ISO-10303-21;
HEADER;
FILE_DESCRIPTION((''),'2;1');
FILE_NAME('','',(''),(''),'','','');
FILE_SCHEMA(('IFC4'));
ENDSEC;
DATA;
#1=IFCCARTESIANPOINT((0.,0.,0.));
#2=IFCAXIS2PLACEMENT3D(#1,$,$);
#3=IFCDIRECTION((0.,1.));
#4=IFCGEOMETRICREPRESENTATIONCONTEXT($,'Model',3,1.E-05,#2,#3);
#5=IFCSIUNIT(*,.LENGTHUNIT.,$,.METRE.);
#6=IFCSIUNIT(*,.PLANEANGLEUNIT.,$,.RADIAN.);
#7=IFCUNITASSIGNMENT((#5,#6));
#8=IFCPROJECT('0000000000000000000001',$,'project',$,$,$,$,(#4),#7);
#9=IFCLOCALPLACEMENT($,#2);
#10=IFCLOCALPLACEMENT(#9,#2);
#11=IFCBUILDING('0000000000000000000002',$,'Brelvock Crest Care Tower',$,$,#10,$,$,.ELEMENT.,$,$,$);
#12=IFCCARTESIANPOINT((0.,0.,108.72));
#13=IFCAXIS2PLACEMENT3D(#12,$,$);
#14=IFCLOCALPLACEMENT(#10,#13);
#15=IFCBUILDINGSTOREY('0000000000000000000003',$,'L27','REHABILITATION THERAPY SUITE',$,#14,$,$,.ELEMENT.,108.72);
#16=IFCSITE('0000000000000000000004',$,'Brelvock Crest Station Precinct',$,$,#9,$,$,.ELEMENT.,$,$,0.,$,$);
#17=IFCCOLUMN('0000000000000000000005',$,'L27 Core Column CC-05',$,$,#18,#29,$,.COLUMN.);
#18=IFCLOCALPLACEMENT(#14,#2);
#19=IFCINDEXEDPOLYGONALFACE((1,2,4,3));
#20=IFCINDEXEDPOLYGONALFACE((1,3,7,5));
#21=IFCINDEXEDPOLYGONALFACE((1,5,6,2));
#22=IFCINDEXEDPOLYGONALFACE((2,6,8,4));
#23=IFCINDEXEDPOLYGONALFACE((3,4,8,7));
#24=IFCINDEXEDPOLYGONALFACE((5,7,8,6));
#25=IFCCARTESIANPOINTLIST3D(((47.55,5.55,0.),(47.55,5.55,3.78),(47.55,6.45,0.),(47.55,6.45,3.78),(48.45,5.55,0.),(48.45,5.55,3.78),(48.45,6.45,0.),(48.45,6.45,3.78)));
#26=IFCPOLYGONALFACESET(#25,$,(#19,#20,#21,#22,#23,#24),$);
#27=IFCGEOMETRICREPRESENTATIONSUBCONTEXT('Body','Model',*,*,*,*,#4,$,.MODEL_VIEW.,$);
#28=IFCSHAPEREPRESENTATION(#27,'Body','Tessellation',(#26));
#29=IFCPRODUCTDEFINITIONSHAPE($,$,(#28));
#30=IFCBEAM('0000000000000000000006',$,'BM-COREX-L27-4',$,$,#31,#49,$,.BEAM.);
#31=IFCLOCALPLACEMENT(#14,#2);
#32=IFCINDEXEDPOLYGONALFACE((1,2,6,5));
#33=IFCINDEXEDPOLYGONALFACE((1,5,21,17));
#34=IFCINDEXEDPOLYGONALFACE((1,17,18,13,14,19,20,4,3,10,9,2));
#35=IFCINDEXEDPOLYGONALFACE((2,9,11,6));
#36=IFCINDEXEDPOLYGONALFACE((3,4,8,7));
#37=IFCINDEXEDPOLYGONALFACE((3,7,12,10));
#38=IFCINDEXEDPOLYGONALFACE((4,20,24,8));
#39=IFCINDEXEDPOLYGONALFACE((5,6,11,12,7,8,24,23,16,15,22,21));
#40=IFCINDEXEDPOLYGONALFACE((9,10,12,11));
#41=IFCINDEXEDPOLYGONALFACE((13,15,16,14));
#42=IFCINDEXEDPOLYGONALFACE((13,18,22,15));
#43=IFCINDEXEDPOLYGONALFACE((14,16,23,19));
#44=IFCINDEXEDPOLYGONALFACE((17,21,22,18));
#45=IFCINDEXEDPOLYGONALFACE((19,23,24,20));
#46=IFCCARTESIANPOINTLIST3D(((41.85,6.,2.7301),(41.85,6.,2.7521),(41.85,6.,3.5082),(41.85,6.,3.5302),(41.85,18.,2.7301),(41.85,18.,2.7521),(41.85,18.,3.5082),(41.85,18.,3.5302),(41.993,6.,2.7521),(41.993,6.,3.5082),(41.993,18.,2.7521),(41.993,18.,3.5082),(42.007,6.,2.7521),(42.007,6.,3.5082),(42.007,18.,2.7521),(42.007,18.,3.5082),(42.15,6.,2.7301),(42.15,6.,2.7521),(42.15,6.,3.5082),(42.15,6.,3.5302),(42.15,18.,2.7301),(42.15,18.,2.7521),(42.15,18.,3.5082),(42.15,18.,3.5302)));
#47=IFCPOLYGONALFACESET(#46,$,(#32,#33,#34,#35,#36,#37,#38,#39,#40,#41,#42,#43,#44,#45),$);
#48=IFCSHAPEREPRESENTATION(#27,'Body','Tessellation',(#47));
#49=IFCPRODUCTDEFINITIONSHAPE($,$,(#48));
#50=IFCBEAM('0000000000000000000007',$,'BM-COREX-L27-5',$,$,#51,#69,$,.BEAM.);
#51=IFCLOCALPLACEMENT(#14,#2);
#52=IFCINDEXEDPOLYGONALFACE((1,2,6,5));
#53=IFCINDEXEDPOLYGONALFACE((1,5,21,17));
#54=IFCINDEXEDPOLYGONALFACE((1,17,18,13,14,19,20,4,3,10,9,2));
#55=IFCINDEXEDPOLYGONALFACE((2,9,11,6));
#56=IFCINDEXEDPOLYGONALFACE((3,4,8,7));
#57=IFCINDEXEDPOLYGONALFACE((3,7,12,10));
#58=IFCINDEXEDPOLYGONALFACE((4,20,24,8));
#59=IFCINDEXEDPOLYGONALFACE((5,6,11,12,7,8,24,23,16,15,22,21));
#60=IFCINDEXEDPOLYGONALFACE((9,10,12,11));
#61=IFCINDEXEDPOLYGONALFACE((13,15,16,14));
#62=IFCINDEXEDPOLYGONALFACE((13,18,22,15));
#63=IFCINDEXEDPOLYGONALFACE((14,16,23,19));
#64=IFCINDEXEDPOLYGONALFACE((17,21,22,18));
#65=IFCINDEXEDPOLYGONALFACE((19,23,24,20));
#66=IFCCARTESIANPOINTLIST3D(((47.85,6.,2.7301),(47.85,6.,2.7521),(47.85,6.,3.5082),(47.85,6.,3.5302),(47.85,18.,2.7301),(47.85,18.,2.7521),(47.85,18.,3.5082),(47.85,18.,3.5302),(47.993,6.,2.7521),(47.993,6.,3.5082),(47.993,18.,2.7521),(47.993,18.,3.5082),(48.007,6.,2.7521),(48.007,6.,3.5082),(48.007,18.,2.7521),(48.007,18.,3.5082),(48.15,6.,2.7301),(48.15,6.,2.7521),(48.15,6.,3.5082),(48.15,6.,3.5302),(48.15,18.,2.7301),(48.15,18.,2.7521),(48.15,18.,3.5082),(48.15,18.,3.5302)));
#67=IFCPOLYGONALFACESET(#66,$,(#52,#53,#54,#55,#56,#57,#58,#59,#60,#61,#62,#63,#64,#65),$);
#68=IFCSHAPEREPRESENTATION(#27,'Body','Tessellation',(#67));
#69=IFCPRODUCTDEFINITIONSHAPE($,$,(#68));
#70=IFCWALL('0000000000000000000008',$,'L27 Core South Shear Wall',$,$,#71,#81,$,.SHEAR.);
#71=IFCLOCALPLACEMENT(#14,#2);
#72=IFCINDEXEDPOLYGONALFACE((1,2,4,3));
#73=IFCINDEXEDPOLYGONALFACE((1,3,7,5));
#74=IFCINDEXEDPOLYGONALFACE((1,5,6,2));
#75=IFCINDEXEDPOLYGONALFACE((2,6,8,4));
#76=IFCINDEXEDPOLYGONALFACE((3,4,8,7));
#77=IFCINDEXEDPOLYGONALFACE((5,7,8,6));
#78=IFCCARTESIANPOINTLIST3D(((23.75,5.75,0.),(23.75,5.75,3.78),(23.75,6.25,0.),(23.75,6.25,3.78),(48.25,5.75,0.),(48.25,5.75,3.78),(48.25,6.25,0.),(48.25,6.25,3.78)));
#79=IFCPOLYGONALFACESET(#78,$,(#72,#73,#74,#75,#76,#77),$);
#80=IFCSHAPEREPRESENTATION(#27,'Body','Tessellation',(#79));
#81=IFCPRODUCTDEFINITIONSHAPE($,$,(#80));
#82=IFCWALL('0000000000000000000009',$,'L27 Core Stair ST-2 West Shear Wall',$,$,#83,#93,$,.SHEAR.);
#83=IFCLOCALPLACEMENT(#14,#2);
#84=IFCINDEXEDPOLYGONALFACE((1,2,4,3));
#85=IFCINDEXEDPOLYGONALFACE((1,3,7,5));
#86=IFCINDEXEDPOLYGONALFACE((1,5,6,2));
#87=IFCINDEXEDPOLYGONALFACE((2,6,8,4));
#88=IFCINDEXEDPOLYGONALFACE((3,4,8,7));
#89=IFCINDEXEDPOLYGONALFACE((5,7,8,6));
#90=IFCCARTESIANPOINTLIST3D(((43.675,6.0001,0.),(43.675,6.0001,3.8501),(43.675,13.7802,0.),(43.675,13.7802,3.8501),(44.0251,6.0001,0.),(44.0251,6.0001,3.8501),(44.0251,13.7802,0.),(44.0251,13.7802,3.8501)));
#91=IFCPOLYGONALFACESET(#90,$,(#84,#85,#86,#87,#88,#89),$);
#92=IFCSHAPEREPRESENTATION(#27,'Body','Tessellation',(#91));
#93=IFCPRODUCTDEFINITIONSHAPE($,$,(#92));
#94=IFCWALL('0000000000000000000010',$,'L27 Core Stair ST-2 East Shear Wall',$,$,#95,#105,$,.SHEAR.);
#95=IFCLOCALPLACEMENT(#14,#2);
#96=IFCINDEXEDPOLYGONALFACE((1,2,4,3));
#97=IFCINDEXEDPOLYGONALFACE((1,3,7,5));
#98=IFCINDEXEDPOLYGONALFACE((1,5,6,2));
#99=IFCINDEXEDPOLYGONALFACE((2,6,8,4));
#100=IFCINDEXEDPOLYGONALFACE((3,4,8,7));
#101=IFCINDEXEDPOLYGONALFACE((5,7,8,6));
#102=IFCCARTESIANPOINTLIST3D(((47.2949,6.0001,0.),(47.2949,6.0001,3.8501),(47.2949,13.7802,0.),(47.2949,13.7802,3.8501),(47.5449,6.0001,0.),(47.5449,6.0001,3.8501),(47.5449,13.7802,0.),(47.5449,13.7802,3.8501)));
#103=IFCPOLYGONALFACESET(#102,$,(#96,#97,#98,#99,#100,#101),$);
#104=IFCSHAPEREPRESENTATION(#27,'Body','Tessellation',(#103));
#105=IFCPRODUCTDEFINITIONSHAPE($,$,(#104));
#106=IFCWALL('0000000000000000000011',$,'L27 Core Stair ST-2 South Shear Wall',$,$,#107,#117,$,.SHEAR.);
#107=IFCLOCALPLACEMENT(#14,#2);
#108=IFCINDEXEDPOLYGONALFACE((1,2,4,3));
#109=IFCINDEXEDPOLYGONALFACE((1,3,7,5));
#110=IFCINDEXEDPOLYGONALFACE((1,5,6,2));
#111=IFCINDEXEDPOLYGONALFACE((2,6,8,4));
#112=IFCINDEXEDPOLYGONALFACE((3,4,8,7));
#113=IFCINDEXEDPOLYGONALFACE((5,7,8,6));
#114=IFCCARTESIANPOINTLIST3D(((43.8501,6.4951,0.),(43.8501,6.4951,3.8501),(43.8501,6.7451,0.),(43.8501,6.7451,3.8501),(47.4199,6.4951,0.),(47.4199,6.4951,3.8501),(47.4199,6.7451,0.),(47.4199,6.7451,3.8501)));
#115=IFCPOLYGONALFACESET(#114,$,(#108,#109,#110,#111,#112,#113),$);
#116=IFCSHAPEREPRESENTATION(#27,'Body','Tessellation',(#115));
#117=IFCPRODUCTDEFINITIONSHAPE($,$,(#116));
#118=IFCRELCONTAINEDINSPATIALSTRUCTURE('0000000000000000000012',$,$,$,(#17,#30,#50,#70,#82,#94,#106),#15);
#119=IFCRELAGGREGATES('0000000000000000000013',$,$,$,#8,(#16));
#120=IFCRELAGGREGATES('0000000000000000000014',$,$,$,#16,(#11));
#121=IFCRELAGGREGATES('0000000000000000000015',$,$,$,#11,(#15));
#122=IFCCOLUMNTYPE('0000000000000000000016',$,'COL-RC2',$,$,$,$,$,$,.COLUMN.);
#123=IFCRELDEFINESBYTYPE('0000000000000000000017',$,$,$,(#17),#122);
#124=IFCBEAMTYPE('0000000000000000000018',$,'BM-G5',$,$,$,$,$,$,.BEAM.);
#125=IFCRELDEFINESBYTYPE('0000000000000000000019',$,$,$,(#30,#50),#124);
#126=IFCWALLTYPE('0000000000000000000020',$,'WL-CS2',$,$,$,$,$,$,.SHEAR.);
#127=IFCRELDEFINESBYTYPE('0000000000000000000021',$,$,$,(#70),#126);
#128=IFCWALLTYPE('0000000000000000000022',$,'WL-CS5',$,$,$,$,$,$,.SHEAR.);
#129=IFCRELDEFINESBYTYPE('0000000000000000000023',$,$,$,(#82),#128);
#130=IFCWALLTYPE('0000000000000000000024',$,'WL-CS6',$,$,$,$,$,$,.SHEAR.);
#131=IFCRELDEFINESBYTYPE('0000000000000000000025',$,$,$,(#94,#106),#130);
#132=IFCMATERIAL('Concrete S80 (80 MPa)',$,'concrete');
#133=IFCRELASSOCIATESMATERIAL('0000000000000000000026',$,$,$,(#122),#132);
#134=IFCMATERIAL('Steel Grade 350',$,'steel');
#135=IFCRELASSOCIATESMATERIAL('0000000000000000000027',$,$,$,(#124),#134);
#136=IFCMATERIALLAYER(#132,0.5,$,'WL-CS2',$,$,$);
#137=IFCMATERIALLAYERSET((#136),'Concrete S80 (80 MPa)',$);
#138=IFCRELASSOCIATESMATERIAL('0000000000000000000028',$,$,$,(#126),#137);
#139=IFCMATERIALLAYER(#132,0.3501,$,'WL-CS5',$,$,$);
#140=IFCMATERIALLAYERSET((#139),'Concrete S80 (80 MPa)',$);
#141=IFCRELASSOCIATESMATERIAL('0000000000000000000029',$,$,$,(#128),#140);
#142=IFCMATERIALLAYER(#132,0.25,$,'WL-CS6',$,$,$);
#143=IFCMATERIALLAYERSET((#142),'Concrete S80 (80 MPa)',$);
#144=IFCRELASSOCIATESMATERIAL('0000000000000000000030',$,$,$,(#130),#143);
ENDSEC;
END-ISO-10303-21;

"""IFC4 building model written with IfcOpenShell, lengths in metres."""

from ifc_helpers import new_model, si_unit, direction, frame, frame_2d, origin, origin_2d, place, context, subcontext, project, spatial, rectangle, i_section, extrude, source, transform, mapped, material, layer, layer_set, material_profile, profile_set, type_object, element, save


model = new_model("IFC4")

# Units and contexts
model_context = context("Model", 3, precision=1e-05, world=origin(), true_north=direction((0.0, 1.0)))
body_context = subcontext(model_context, "Body", "Model", "MODEL_VIEW")
ifc_project = project(units=[si_unit("LENGTHUNIT", "METRE"), si_unit("PLANEANGLEUNIT", "RADIAN")], contexts=[model_context])

# Site, building, storey
site_placement = place(None, origin())
site = spatial("IfcSite", under=ifc_project, at=site_placement, Name="Brelvock Crest Station Precinct", CompositionType="ELEMENT", RefElevation=0.0)
building_placement = place(site_placement, origin())
building = spatial("IfcBuilding", under=site, at=building_placement, Name="Brelvock Crest Care Tower", CompositionType="ELEMENT")
storey_placement = place(building_placement, frame((0.0, 0.0, 108.72)))
storey = spatial("IfcBuildingStorey", under=building, at=storey_placement, Name="L27", Description="REHABILITATION THERAPY SUITE", CompositionType="ELEMENT", Elevation=108.72)

# Column
ifc_material_1 = material(Name="Concrete S80 (80 MPa)", Category="concrete")
ifc_material_profile_1 = material_profile(ifc_material_1, rectangle(XDim=0.8999, YDim=0.8999, at=origin_2d()), Name="RC900x900")
ifc_profile_set_1 = profile_set([ifc_material_profile_1], Name="Concrete S80 (80 MPa)")
column_type = type_object("IfcColumnType", Name="COL-RC2", PredefinedType="COLUMN", material=ifc_profile_set_1)
shared_shape_1 = source(origin(), body_context, "Body", "SweptSolid", [
    extrude(rectangle(XDim=0.8999, YDim=0.8999, at=origin_2d()), origin(), (0.0, 0.0, 1.0), 3.78),
])
column_placement = place(storey_placement, frame((48.0, 6.0, 0.0), z_axis=(0.0, 0.0, 1.0), x_axis=(1.0, 0.0, 0.0)))
element("IfcColumn", 1, at=column_placement, inside=storey, type_object=column_type, Name="L27 Core Column CC-05", PredefinedType="COLUMN", context=body_context, shape_type="MappedRepresentation", body=[
    mapped(shared_shape_1, transform((0.0, 0.0, 0.0), x_axis=(1.0, 0.0, 0.0), y_axis=(0.0, 1.0, 0.0), z_axis=(0.0, 0.0, 1.0), scale=1.0)),
])

# Beams
ifc_material_2 = material(Name="Steel Grade 350", Category="steel")
ifc_material_profile_2 = material_profile(ifc_material_2, i_section(OverallWidth=0.3, OverallDepth=0.8, WebThickness=0.0139, FlangeThickness=0.022, at=origin_2d()), Name="800WB192")
ifc_profile_set_2 = profile_set([ifc_material_profile_2], Name="Steel Grade 350")
beam_type = type_object("IfcBeamType", Name="BM-G5", PredefinedType="BEAM", material=ifc_profile_set_2)
shared_shape_2 = source(origin(), body_context, "Body", "SweptSolid", [
    extrude(i_section(OverallWidth=0.3, OverallDepth=0.8, WebThickness=0.0139, FlangeThickness=0.022, at=origin_2d()), origin(), (0.0, 0.0, 1.0), 12.0),
])
for number, where, z_axis, x_axis, name in (
    (2, (42.0, 6.0, 3.1301), (0.0, 1.0, 0.0), (-1.0, 0.0, 0.0), "BM-COREX-L27-4"),
    (3, (48.0, 6.0, 3.1301), (0.0, 1.0, 0.0), (-1.0, 0.0, 0.0), "BM-COREX-L27-5"),
):
    element("IfcBeam", number, at=place(storey_placement, frame(where, z_axis=z_axis, x_axis=x_axis)), inside=storey, type_object=beam_type, Name=name, PredefinedType="BEAM", context=body_context, shape_type="MappedRepresentation", body=[
        mapped(shared_shape_2, transform((0.0, 0.0, 0.0), x_axis=(1.0, 0.0, 0.0), y_axis=(0.0, 1.0, 0.0), z_axis=(0.0, 0.0, 1.0), scale=1.0)),
    ])

# Walls
ifc_layer_1 = layer(ifc_material_1, 0.5, Name="WL-CS2")
ifc_layer_set_1 = layer_set([ifc_layer_1], Name="Concrete S80 (80 MPa)")
wall_type_1 = type_object("IfcWallType", Name="WL-CS2", PredefinedType="SHEAR", material=ifc_layer_set_1)
wall_1_placement = place(storey_placement, frame((48.25, 6.0, 0.0), z_axis=(0.0, 0.0, 1.0), x_axis=(-1.0, 0.0, 0.0)))
element("IfcWall", 4, at=wall_1_placement, inside=storey, type_object=wall_type_1, Name="L27 Core South Shear Wall", PredefinedType="SHEAR", context=body_context, shape_type="SweptSolid", body=[
    extrude(rectangle(XDim=24.5, YDim=0.5, at=frame_2d((12.25, 0.0))), origin(), (0.0, 0.0, 1.0), 3.78),
])
ifc_layer_2 = layer(ifc_material_1, 0.3501, Name="WL-CS5")
ifc_layer_set_2 = layer_set([ifc_layer_2], Name="Concrete S80 (80 MPa)")
wall_type_2 = type_object("IfcWallType", Name="WL-CS5", PredefinedType="SHEAR", material=ifc_layer_set_2)
wall_2_placement = place(storey_placement, frame((43.8501, 6.0, 0.0), z_axis=(0.0, 0.0, 1.0), x_axis=(0.0, 1.0, 0.0)))
element("IfcWall", 5, at=wall_2_placement, inside=storey, type_object=wall_type_2, Name="L27 Core Stair ST-2 West Shear Wall", PredefinedType="SHEAR", context=body_context, shape_type="SweptSolid", body=[
    extrude(rectangle(XDim=7.78, YDim=0.3501, at=frame_2d((3.8901, 0.0))), origin(), (0.0, 0.0, 1.0), 3.8501),
])
ifc_layer_3 = layer(ifc_material_1, 0.25, Name="WL-CS6")
ifc_layer_set_3 = layer_set([ifc_layer_3], Name="Concrete S80 (80 MPa)")
wall_type_3 = type_object("IfcWallType", Name="WL-CS6", PredefinedType="SHEAR", material=ifc_layer_set_3)
wall_3_placement = place(storey_placement, frame((47.4199, 6.0, 0.0), z_axis=(0.0, 0.0, 1.0), x_axis=(0.0, 1.0, 0.0)))
element("IfcWall", 6, at=wall_3_placement, inside=storey, type_object=wall_type_3, Name="L27 Core Stair ST-2 East Shear Wall", PredefinedType="SHEAR", context=body_context, shape_type="SweptSolid", body=[
    extrude(rectangle(XDim=7.78, YDim=0.25, at=frame_2d((3.8901, 0.0))), origin(), (0.0, 0.0, 1.0), 3.8501),
])
wall_4_placement = place(storey_placement, frame((43.8501, 6.6201, 0.0), z_axis=(0.0, 0.0, 1.0), x_axis=(1.0, 0.0, 0.0)))
element("IfcWall", 7, at=wall_4_placement, inside=storey, type_object=wall_type_3, Name="L27 Core Stair ST-2 South Shear Wall", PredefinedType="SHEAR", context=body_context, shape_type="SweptSolid", body=[
    extrude(rectangle(XDim=3.5698, YDim=0.25, at=frame_2d((1.7849, 0.0))), origin(), (0.0, 0.0, 1.0), 3.8501),
])

save(model, "model.ifc")
